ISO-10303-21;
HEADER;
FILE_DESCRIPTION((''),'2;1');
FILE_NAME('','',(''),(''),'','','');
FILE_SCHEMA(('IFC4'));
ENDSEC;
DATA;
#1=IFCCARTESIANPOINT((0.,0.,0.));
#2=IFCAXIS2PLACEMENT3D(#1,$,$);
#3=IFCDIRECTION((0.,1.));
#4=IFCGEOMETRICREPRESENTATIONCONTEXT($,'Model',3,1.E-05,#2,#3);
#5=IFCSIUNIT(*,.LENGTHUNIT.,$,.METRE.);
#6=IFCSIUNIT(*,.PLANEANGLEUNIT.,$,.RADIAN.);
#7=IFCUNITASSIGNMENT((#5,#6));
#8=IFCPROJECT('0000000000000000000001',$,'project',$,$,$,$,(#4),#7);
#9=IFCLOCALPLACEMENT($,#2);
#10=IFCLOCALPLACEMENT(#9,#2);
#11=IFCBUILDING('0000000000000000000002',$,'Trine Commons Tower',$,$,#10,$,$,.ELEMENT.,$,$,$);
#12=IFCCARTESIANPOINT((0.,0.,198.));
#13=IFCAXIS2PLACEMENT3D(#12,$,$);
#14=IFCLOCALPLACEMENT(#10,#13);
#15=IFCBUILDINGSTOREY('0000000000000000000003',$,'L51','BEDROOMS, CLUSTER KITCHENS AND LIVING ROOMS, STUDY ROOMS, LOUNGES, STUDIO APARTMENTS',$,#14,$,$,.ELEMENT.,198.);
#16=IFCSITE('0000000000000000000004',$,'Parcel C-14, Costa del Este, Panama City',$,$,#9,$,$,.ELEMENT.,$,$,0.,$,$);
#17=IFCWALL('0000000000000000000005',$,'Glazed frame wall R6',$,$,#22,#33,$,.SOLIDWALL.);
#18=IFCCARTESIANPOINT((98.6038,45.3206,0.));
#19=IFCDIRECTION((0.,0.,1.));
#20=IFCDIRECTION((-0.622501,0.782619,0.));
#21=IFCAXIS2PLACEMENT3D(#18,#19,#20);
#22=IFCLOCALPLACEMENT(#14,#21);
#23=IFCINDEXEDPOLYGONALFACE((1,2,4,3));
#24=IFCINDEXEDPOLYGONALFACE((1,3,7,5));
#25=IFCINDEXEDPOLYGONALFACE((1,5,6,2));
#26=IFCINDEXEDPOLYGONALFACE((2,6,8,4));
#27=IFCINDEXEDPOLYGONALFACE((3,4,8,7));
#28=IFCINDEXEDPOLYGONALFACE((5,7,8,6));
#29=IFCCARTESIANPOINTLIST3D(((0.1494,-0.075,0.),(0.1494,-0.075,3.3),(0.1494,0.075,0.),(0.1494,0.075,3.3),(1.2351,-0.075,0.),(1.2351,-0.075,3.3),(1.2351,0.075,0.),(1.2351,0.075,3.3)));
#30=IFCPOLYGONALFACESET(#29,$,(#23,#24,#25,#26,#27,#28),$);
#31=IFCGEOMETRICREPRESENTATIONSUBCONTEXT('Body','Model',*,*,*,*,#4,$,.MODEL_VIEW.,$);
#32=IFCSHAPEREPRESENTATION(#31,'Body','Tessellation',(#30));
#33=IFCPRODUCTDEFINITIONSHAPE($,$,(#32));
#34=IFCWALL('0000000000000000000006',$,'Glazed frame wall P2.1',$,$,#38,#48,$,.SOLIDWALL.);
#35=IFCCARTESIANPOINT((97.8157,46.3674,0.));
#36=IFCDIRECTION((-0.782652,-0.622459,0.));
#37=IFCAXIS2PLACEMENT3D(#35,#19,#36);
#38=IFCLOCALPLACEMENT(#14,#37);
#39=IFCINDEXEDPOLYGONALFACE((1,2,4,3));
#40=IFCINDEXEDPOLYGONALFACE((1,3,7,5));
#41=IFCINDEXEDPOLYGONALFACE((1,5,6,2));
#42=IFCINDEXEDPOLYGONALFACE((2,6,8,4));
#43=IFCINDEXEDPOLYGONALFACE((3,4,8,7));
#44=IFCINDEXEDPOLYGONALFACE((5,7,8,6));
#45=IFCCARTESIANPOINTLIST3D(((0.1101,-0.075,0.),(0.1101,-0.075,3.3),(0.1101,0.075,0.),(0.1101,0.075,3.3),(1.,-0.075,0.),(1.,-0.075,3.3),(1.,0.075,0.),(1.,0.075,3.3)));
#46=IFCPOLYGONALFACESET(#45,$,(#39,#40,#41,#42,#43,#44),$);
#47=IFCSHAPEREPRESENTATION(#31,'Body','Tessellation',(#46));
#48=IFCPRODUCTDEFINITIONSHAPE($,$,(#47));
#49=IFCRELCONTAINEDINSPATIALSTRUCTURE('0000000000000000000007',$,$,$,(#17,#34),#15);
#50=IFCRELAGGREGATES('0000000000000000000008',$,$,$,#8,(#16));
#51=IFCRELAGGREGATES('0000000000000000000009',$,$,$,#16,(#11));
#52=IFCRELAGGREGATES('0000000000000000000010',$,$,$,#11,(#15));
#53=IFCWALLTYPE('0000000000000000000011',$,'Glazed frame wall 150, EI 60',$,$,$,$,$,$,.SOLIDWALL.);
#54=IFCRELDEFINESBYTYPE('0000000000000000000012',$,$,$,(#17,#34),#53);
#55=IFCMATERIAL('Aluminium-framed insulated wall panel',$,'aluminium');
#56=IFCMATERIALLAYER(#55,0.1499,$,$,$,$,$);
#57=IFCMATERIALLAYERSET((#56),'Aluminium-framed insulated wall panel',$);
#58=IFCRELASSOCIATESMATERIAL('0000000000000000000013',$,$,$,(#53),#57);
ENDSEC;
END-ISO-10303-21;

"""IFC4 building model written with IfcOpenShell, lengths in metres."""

from ifc_helpers import new_model, si_unit, direction, frame, origin, place, context, subcontext, project, spatial, polyline, outline, extrude, material, layer, layer_set, type_object, element, save


model = new_model("IFC4")

# Units and contexts
model_context = context("Model", 3, precision=1e-05, world=origin(), true_north=direction((0.0, 1.0)))
body_context = subcontext(model_context, "Body", "Model", "MODEL_VIEW")
ifc_project = project(units=[si_unit("LENGTHUNIT", "METRE"), si_unit("PLANEANGLEUNIT", "RADIAN")], contexts=[model_context])

# Site, building, storey
site_placement = place(None, origin())
site = spatial("IfcSite", under=ifc_project, at=site_placement, Name="Parcel C-14, Costa del Este, Panama City", CompositionType="ELEMENT", RefElevation=0.0)
building_placement = place(site_placement, origin())
building = spatial("IfcBuilding", under=site, at=building_placement, Name="Trine Commons Tower", CompositionType="ELEMENT")
storey_placement = place(building_placement, frame((0.0, 0.0, 198.0)))
storey = spatial("IfcBuildingStorey", under=building, at=storey_placement, Name="L51", Description="BEDROOMS, CLUSTER KITCHENS AND LIVING ROOMS, STUDY ROOMS, LOUNGES, STUDIO APARTMENTS", CompositionType="ELEMENT", Elevation=198.0)

# Walls
ifc_material_1 = material(Name="Aluminium-framed insulated wall panel", Category="aluminium")
ifc_layer_1 = layer(ifc_material_1, 0.1499)
ifc_layer_set_1 = layer_set([ifc_layer_1], Name="Aluminium-framed insulated wall panel")
wall_type_1 = type_object("IfcWallType", Name="Glazed frame wall 150, EI 60", PredefinedType="SOLIDWALL", material=ifc_layer_set_1)
wall_1_placement = place(storey_placement, frame((98.6038, 45.3206, 0.0), z_axis=(0.0, 0.0, 1.0), x_axis=(-0.622501, 0.782619, 0.0)))
element("IfcWall", 1, at=wall_1_placement, inside=storey, type_object=wall_type_1, Name="Glazed frame wall R6", PredefinedType="SOLIDWALL", context=body_context, shape_type="SweptSolid", body=[
    extrude(outline(polyline([(0.1494, 0.075), (0.1494, -0.075), (1.2351, -0.075), (1.2351, 0.075), (0.1494, 0.075)])), origin(), (0.0, 0.0, 1.0), 3.3),
])
wall_2_placement = place(storey_placement, frame((97.8157, 46.3674, 0.0), z_axis=(0.0, 0.0, 1.0), x_axis=(-0.782652, -0.622459, 0.0)))
element("IfcWall", 2, at=wall_2_placement, inside=storey, type_object=wall_type_1, Name="Glazed frame wall P2.1", PredefinedType="SOLIDWALL", context=body_context, shape_type="SweptSolid", body=[
    extrude(outline(polyline([(0.1101, -0.075), (1.0, -0.075), (1.0, 0.075), (0.1101, 0.075), (0.1101, -0.075)])), origin(), (0.0, 0.0, 1.0), 3.3),
])

save(model, "model.ifc")
